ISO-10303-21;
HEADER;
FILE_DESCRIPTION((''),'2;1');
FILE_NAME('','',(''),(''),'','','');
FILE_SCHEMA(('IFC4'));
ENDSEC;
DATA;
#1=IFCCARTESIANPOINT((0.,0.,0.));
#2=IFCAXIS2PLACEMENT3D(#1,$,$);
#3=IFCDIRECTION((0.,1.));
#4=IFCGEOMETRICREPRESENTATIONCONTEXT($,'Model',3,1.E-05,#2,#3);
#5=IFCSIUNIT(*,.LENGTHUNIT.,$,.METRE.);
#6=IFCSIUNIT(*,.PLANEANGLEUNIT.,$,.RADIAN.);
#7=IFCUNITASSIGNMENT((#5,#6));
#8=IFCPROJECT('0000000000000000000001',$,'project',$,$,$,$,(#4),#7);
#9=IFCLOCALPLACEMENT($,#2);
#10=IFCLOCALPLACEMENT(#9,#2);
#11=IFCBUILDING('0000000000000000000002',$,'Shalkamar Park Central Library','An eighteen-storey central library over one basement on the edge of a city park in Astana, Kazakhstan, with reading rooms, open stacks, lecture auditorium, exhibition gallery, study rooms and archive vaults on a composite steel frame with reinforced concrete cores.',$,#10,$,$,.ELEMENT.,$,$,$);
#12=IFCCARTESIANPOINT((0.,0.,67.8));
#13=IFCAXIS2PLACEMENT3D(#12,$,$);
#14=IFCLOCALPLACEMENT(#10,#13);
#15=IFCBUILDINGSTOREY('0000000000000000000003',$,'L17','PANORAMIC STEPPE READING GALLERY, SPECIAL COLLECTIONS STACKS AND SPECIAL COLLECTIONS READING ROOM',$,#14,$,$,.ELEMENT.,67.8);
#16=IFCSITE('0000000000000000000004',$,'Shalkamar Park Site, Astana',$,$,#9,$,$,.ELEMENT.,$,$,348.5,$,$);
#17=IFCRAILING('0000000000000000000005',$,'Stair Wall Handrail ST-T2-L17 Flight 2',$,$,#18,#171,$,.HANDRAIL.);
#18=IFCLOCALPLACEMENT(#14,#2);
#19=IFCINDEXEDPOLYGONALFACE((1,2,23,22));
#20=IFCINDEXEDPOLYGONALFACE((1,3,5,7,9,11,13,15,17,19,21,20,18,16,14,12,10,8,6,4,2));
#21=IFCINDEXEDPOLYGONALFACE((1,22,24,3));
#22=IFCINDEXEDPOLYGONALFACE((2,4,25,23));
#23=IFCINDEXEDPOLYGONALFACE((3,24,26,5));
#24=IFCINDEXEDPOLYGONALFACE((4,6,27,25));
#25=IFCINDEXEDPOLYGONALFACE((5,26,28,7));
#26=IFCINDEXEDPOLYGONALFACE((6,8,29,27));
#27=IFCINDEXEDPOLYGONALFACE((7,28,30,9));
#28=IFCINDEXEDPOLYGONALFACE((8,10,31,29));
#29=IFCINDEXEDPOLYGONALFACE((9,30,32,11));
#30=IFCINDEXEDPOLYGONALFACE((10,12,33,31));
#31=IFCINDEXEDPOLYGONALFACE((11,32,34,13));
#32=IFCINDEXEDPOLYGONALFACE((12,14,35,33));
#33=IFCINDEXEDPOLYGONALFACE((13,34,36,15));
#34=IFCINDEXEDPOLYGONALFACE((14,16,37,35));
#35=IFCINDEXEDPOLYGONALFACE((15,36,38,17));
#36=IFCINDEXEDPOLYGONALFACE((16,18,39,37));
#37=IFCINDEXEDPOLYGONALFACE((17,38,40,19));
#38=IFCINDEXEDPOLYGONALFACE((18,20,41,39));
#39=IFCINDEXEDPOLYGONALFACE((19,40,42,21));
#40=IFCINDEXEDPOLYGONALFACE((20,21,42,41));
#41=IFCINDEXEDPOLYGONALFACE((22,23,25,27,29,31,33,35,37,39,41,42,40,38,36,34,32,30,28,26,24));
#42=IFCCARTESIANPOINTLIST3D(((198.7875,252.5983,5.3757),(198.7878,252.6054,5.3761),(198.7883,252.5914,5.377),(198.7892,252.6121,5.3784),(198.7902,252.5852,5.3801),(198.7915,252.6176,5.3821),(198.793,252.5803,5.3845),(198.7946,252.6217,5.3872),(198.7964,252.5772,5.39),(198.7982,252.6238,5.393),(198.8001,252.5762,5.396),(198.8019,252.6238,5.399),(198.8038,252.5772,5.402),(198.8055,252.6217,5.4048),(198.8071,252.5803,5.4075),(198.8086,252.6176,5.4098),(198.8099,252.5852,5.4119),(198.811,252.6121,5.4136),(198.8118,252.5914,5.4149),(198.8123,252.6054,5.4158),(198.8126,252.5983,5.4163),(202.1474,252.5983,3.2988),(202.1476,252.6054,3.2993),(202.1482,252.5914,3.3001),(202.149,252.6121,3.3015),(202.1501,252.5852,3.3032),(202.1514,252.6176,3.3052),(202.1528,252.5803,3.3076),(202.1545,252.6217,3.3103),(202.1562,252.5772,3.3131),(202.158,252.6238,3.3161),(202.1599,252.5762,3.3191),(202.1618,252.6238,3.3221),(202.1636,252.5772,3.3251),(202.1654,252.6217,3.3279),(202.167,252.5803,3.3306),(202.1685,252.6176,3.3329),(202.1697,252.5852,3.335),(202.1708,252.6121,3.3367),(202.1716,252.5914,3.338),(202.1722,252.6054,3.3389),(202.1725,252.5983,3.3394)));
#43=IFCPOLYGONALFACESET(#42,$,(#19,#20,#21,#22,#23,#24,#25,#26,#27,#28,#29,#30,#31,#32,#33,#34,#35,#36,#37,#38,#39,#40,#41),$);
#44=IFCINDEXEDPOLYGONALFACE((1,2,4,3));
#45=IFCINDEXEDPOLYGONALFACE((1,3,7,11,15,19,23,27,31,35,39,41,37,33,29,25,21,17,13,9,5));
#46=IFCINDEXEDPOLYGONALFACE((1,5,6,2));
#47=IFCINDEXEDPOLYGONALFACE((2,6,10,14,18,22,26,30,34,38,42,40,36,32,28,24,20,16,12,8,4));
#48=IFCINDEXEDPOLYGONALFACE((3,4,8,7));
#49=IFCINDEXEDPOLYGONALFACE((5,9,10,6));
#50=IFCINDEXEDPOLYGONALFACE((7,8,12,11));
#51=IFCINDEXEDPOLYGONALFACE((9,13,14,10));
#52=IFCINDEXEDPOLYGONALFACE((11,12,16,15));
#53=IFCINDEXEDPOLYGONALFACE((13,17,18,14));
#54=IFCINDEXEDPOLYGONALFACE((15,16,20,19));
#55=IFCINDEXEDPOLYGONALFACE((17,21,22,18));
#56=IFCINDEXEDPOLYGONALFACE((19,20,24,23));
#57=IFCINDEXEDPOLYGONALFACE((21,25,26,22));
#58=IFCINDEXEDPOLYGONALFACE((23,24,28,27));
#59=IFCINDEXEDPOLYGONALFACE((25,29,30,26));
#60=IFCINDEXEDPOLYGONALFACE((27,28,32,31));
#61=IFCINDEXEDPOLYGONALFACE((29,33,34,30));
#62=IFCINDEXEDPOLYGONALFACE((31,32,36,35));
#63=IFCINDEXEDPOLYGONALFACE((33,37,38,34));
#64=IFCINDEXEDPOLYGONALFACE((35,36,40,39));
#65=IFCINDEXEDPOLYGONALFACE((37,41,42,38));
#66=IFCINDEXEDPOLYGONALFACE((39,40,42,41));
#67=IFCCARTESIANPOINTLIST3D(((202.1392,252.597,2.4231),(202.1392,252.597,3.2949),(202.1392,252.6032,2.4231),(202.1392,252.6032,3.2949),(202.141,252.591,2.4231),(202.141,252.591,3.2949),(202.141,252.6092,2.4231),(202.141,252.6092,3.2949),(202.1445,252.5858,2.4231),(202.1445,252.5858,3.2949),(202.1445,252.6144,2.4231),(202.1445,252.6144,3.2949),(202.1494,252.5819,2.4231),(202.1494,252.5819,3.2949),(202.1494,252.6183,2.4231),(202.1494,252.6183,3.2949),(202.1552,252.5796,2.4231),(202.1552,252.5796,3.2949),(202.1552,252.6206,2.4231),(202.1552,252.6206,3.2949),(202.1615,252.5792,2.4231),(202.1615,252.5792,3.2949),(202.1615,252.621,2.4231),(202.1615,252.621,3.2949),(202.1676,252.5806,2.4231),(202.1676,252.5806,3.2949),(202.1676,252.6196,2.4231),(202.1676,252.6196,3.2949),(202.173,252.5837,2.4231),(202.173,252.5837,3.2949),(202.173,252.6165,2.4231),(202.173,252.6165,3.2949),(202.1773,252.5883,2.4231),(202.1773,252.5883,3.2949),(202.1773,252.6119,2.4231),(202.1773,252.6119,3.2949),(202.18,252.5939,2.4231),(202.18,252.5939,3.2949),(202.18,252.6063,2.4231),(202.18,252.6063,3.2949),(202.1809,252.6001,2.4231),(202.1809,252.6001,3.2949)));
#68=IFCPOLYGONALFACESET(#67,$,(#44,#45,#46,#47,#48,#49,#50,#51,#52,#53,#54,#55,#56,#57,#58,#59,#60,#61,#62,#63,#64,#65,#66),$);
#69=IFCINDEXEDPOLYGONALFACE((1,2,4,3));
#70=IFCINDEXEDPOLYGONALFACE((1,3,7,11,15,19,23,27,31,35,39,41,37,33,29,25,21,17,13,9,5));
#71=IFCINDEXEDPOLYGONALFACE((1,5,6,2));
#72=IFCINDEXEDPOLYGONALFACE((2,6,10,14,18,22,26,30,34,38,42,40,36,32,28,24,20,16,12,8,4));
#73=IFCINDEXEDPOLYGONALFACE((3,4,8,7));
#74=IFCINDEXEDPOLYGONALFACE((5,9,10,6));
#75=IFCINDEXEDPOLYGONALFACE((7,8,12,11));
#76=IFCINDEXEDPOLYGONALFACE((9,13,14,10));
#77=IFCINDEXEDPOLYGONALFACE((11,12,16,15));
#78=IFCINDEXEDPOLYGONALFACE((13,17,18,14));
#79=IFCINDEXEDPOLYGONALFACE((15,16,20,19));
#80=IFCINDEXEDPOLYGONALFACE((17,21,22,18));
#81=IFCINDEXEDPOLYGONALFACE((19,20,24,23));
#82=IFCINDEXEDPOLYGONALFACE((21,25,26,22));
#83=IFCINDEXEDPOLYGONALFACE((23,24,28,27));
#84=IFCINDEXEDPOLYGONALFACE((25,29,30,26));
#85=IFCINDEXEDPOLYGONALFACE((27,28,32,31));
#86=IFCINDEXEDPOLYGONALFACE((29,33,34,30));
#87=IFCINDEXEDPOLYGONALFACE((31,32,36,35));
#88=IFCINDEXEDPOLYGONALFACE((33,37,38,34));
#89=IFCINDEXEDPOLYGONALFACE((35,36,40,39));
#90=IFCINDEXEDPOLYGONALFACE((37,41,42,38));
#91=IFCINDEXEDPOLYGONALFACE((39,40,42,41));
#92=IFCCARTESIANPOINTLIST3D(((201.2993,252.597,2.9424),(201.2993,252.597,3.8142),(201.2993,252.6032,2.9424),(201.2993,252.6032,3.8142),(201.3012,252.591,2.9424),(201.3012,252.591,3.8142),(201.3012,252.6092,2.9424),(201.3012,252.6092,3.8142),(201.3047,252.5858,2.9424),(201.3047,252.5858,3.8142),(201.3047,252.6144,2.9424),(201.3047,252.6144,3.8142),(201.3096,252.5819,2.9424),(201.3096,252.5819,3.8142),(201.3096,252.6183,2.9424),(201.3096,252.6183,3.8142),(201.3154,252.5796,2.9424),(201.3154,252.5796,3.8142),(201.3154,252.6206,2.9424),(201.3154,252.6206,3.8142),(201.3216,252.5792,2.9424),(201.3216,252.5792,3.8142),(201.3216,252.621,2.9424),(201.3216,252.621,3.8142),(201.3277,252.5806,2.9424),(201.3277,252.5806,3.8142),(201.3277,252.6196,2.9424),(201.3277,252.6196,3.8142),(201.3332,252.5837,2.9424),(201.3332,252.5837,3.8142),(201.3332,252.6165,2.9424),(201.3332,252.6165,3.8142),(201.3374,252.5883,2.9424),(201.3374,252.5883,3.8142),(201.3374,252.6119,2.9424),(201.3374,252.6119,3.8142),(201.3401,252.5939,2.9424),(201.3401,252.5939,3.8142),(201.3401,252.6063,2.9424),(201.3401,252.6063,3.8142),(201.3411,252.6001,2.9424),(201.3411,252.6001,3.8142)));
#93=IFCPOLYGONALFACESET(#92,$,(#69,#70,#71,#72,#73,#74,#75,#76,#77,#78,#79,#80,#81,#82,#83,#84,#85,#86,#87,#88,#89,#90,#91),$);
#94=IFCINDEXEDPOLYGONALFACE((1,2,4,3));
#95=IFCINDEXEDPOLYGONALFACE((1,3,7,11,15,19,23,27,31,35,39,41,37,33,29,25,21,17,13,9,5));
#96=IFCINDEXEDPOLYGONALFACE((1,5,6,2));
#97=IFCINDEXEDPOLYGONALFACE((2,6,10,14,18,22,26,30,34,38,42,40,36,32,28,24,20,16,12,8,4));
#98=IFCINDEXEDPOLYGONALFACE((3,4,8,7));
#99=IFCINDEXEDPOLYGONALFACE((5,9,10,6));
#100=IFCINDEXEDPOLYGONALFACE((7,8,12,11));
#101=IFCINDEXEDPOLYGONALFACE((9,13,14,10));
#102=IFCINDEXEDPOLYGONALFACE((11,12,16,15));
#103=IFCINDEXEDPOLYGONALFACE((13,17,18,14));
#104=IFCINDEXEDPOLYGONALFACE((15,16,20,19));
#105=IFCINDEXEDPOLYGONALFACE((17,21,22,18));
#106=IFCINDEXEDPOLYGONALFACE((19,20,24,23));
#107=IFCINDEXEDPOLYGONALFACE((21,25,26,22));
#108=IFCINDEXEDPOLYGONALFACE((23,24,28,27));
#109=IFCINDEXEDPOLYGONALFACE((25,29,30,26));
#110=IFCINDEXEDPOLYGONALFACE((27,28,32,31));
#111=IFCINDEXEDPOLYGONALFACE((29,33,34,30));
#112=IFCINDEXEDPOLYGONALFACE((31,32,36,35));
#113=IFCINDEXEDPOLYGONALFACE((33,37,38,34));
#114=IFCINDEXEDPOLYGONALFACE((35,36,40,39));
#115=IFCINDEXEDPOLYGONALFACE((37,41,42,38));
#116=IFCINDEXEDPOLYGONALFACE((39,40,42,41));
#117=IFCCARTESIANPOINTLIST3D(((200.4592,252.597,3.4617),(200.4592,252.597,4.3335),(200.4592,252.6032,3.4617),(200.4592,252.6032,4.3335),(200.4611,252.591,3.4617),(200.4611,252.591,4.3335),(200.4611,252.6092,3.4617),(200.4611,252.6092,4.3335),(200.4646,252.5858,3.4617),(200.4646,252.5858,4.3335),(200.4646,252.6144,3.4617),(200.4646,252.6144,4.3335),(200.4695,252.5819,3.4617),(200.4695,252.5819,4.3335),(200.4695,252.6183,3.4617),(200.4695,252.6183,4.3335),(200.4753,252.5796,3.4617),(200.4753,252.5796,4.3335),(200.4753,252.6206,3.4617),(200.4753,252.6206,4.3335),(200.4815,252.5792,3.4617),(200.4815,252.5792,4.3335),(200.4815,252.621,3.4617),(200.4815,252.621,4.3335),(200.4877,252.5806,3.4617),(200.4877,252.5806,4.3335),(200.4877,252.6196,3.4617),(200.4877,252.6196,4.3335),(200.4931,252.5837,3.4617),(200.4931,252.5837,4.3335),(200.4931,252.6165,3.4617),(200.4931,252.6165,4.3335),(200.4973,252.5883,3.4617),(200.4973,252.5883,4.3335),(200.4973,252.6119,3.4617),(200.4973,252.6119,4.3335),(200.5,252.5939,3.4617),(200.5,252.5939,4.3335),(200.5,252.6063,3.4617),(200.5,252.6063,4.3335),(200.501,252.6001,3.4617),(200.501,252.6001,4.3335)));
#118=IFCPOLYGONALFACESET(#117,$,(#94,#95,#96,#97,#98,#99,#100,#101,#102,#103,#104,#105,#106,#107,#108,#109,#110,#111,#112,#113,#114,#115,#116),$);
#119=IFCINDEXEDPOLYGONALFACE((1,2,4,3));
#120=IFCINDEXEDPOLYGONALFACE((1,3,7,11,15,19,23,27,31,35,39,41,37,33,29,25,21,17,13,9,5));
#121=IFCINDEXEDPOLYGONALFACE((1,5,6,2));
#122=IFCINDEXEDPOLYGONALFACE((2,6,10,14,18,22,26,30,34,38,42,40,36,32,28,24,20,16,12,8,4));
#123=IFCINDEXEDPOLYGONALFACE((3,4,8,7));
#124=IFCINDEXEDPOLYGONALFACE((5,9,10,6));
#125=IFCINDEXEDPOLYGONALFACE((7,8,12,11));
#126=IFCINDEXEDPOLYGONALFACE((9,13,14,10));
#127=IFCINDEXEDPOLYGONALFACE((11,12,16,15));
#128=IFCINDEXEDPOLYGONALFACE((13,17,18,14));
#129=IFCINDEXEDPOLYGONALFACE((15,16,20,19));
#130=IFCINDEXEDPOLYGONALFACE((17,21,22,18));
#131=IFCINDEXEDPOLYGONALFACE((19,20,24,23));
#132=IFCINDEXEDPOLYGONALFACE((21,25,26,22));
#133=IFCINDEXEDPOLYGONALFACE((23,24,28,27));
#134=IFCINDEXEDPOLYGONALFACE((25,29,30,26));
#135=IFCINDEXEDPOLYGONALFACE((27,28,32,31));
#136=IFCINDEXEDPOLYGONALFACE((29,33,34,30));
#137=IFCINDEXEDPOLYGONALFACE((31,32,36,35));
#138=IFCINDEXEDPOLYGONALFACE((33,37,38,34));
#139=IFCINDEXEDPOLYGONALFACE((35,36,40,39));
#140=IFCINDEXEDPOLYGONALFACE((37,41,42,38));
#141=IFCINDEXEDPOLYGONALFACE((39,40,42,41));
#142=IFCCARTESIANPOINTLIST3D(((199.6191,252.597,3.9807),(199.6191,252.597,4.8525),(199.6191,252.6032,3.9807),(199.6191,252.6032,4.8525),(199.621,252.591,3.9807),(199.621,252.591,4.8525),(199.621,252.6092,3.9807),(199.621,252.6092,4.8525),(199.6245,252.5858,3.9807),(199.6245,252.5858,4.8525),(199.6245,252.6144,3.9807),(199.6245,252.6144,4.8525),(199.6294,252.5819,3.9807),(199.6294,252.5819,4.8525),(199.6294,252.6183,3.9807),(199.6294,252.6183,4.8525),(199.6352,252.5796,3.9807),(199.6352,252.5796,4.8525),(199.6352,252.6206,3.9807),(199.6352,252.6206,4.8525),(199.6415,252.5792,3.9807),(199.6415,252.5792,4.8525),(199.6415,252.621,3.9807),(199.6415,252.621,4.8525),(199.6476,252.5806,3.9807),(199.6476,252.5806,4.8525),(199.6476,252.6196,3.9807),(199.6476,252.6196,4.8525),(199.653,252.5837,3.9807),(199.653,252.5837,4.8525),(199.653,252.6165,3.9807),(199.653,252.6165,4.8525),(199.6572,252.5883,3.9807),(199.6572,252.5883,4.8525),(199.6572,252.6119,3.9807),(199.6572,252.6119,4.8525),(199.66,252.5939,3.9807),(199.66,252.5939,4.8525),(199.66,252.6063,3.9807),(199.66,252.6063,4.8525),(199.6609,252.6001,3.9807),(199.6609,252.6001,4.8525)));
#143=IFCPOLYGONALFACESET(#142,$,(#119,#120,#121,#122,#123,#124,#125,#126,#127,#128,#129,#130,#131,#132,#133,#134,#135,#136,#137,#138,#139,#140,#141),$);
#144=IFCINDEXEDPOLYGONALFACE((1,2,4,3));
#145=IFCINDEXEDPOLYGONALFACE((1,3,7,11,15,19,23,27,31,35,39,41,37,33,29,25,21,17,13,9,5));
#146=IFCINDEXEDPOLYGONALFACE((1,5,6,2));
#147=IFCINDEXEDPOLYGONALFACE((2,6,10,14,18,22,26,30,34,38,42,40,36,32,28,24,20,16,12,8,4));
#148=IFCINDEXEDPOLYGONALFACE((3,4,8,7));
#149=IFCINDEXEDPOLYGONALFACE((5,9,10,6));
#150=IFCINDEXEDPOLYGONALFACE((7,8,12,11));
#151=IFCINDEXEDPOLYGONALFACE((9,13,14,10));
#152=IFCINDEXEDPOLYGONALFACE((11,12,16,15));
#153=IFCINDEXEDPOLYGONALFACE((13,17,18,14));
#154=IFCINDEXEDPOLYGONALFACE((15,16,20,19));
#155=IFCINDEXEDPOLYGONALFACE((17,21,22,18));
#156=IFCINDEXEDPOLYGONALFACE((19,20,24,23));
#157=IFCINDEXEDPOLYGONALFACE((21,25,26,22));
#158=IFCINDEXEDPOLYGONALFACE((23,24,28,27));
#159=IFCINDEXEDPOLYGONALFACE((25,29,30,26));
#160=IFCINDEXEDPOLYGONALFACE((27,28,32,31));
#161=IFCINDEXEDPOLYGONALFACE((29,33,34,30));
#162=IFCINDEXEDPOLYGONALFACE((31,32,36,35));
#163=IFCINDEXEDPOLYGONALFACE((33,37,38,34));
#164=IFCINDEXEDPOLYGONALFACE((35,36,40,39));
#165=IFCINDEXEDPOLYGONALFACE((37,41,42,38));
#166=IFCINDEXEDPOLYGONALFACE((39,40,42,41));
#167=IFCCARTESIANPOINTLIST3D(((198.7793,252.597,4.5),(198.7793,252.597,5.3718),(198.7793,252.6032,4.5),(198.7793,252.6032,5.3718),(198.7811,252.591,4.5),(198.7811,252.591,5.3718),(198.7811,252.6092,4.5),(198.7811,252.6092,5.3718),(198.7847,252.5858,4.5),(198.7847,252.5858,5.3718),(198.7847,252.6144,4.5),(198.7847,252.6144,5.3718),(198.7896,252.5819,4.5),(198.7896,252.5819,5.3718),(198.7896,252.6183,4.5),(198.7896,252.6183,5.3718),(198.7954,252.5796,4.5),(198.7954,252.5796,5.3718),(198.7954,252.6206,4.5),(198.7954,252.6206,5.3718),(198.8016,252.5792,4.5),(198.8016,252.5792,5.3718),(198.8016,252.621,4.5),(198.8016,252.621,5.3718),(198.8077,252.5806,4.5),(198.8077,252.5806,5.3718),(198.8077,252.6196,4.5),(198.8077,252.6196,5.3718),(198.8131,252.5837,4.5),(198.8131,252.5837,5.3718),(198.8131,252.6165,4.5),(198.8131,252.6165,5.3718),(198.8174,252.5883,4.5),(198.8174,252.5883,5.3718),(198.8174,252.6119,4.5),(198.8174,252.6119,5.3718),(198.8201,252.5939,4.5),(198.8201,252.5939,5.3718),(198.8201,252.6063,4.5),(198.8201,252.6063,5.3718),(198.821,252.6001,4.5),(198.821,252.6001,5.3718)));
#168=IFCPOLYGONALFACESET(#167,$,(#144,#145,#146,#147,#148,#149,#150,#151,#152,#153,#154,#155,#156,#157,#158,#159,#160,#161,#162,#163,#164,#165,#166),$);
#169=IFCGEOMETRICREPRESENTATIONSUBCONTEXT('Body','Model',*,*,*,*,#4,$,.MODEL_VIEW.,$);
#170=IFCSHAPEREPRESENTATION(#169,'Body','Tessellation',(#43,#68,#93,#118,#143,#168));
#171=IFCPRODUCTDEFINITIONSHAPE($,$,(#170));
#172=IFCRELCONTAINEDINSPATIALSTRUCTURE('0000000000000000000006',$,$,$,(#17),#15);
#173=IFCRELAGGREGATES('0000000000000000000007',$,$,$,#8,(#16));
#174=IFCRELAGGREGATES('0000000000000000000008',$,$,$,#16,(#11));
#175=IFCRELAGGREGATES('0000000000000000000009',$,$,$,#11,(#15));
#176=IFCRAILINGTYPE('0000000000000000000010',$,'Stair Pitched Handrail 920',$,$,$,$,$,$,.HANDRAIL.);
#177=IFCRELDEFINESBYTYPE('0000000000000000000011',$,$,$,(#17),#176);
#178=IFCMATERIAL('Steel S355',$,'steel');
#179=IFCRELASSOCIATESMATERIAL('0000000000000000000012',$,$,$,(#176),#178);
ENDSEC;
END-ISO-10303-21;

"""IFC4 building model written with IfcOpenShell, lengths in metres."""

from ifc_helpers import new_model, si_unit, direction, frame, origin, origin_2d, place, context, subcontext, project, spatial, circle, extrude, material, type_object, element, save


model = new_model("IFC4")

# Units and contexts
model_context = context("Model", 3, precision=1e-05, world=origin(), true_north=direction((0.0, 1.0)))
body_context = subcontext(model_context, "Body", "Model", "MODEL_VIEW")
ifc_project = project(units=[si_unit("LENGTHUNIT", "METRE"), si_unit("PLANEANGLEUNIT", "RADIAN")], contexts=[model_context])

# Site, building, storey
site_placement = place(None, origin())
site = spatial("IfcSite", under=ifc_project, at=site_placement, Name="Shalkamar Park Site, Astana", CompositionType="ELEMENT", RefElevation=348.5)
building_placement = place(site_placement, origin())
building = spatial("IfcBuilding", under=site, at=building_placement, Name="Shalkamar Park Central Library", Description="An eighteen-storey central library over one basement on the edge of a city park in Astana, Kazakhstan, with reading rooms, open stacks, lecture auditorium, exhibition gallery, study rooms and archive vaults on a composite steel frame with reinforced concrete cores.", CompositionType="ELEMENT")
storey_placement = place(building_placement, frame((0.0, 0.0, 67.8)))
storey = spatial("IfcBuildingStorey", under=building, at=storey_placement, Name="L17", Description="PANORAMIC STEPPE READING GALLERY, SPECIAL COLLECTIONS STACKS AND SPECIAL COLLECTIONS READING ROOM", CompositionType="ELEMENT", Elevation=67.8)

# Shared definitions
ifc_material_1 = material(Name="Steel S355", Category="steel")

# Railing
railing_type = type_object("IfcRailingType", Name="Stair Pitched Handrail 920", PredefinedType="HANDRAIL", material=ifc_material_1)
railing_placement = place(storey_placement, frame((202.1599, 252.6001, 2.4231)))
element("IfcRailing", 1, at=railing_placement, inside=storey, type_object=railing_type, Name="Stair Wall Handrail ST-T2-L17 Flight 2", PredefinedType="HANDRAIL", context=body_context, shape_type="SweptSolid", body=[
    extrude(circle(Radius=0.0239, at=origin_2d()), frame((0.0, 0.0, 0.896), z_axis=(-0.850606, 0.0, 0.525803), x_axis=(0.0, -1.0, 0.0)), (0.0, 0.0, 1.0), 3.95),
    extrude(circle(Radius=0.021, at=origin_2d()), origin(), (0.0, 0.0, 1.0), 0.8718),
    extrude(circle(Radius=0.021, at=origin_2d()), frame((-0.8398, 0.0, 0.5193)), (0.0, 0.0, 1.0), 0.8718),
    extrude(circle(Radius=0.021, at=origin_2d()), frame((-1.6799, 0.0, 1.0386)), (0.0, 0.0, 1.0), 0.8718),
    extrude(circle(Radius=0.021, at=origin_2d()), frame((-2.52, 0.0, 1.5576)), (0.0, 0.0, 1.0), 0.8718),
    extrude(circle(Radius=0.021, at=origin_2d()), frame((-3.3599, 0.0, 2.0769)), (0.0, 0.0, 1.0), 0.8718),
])

save(model, "model.ifc")
